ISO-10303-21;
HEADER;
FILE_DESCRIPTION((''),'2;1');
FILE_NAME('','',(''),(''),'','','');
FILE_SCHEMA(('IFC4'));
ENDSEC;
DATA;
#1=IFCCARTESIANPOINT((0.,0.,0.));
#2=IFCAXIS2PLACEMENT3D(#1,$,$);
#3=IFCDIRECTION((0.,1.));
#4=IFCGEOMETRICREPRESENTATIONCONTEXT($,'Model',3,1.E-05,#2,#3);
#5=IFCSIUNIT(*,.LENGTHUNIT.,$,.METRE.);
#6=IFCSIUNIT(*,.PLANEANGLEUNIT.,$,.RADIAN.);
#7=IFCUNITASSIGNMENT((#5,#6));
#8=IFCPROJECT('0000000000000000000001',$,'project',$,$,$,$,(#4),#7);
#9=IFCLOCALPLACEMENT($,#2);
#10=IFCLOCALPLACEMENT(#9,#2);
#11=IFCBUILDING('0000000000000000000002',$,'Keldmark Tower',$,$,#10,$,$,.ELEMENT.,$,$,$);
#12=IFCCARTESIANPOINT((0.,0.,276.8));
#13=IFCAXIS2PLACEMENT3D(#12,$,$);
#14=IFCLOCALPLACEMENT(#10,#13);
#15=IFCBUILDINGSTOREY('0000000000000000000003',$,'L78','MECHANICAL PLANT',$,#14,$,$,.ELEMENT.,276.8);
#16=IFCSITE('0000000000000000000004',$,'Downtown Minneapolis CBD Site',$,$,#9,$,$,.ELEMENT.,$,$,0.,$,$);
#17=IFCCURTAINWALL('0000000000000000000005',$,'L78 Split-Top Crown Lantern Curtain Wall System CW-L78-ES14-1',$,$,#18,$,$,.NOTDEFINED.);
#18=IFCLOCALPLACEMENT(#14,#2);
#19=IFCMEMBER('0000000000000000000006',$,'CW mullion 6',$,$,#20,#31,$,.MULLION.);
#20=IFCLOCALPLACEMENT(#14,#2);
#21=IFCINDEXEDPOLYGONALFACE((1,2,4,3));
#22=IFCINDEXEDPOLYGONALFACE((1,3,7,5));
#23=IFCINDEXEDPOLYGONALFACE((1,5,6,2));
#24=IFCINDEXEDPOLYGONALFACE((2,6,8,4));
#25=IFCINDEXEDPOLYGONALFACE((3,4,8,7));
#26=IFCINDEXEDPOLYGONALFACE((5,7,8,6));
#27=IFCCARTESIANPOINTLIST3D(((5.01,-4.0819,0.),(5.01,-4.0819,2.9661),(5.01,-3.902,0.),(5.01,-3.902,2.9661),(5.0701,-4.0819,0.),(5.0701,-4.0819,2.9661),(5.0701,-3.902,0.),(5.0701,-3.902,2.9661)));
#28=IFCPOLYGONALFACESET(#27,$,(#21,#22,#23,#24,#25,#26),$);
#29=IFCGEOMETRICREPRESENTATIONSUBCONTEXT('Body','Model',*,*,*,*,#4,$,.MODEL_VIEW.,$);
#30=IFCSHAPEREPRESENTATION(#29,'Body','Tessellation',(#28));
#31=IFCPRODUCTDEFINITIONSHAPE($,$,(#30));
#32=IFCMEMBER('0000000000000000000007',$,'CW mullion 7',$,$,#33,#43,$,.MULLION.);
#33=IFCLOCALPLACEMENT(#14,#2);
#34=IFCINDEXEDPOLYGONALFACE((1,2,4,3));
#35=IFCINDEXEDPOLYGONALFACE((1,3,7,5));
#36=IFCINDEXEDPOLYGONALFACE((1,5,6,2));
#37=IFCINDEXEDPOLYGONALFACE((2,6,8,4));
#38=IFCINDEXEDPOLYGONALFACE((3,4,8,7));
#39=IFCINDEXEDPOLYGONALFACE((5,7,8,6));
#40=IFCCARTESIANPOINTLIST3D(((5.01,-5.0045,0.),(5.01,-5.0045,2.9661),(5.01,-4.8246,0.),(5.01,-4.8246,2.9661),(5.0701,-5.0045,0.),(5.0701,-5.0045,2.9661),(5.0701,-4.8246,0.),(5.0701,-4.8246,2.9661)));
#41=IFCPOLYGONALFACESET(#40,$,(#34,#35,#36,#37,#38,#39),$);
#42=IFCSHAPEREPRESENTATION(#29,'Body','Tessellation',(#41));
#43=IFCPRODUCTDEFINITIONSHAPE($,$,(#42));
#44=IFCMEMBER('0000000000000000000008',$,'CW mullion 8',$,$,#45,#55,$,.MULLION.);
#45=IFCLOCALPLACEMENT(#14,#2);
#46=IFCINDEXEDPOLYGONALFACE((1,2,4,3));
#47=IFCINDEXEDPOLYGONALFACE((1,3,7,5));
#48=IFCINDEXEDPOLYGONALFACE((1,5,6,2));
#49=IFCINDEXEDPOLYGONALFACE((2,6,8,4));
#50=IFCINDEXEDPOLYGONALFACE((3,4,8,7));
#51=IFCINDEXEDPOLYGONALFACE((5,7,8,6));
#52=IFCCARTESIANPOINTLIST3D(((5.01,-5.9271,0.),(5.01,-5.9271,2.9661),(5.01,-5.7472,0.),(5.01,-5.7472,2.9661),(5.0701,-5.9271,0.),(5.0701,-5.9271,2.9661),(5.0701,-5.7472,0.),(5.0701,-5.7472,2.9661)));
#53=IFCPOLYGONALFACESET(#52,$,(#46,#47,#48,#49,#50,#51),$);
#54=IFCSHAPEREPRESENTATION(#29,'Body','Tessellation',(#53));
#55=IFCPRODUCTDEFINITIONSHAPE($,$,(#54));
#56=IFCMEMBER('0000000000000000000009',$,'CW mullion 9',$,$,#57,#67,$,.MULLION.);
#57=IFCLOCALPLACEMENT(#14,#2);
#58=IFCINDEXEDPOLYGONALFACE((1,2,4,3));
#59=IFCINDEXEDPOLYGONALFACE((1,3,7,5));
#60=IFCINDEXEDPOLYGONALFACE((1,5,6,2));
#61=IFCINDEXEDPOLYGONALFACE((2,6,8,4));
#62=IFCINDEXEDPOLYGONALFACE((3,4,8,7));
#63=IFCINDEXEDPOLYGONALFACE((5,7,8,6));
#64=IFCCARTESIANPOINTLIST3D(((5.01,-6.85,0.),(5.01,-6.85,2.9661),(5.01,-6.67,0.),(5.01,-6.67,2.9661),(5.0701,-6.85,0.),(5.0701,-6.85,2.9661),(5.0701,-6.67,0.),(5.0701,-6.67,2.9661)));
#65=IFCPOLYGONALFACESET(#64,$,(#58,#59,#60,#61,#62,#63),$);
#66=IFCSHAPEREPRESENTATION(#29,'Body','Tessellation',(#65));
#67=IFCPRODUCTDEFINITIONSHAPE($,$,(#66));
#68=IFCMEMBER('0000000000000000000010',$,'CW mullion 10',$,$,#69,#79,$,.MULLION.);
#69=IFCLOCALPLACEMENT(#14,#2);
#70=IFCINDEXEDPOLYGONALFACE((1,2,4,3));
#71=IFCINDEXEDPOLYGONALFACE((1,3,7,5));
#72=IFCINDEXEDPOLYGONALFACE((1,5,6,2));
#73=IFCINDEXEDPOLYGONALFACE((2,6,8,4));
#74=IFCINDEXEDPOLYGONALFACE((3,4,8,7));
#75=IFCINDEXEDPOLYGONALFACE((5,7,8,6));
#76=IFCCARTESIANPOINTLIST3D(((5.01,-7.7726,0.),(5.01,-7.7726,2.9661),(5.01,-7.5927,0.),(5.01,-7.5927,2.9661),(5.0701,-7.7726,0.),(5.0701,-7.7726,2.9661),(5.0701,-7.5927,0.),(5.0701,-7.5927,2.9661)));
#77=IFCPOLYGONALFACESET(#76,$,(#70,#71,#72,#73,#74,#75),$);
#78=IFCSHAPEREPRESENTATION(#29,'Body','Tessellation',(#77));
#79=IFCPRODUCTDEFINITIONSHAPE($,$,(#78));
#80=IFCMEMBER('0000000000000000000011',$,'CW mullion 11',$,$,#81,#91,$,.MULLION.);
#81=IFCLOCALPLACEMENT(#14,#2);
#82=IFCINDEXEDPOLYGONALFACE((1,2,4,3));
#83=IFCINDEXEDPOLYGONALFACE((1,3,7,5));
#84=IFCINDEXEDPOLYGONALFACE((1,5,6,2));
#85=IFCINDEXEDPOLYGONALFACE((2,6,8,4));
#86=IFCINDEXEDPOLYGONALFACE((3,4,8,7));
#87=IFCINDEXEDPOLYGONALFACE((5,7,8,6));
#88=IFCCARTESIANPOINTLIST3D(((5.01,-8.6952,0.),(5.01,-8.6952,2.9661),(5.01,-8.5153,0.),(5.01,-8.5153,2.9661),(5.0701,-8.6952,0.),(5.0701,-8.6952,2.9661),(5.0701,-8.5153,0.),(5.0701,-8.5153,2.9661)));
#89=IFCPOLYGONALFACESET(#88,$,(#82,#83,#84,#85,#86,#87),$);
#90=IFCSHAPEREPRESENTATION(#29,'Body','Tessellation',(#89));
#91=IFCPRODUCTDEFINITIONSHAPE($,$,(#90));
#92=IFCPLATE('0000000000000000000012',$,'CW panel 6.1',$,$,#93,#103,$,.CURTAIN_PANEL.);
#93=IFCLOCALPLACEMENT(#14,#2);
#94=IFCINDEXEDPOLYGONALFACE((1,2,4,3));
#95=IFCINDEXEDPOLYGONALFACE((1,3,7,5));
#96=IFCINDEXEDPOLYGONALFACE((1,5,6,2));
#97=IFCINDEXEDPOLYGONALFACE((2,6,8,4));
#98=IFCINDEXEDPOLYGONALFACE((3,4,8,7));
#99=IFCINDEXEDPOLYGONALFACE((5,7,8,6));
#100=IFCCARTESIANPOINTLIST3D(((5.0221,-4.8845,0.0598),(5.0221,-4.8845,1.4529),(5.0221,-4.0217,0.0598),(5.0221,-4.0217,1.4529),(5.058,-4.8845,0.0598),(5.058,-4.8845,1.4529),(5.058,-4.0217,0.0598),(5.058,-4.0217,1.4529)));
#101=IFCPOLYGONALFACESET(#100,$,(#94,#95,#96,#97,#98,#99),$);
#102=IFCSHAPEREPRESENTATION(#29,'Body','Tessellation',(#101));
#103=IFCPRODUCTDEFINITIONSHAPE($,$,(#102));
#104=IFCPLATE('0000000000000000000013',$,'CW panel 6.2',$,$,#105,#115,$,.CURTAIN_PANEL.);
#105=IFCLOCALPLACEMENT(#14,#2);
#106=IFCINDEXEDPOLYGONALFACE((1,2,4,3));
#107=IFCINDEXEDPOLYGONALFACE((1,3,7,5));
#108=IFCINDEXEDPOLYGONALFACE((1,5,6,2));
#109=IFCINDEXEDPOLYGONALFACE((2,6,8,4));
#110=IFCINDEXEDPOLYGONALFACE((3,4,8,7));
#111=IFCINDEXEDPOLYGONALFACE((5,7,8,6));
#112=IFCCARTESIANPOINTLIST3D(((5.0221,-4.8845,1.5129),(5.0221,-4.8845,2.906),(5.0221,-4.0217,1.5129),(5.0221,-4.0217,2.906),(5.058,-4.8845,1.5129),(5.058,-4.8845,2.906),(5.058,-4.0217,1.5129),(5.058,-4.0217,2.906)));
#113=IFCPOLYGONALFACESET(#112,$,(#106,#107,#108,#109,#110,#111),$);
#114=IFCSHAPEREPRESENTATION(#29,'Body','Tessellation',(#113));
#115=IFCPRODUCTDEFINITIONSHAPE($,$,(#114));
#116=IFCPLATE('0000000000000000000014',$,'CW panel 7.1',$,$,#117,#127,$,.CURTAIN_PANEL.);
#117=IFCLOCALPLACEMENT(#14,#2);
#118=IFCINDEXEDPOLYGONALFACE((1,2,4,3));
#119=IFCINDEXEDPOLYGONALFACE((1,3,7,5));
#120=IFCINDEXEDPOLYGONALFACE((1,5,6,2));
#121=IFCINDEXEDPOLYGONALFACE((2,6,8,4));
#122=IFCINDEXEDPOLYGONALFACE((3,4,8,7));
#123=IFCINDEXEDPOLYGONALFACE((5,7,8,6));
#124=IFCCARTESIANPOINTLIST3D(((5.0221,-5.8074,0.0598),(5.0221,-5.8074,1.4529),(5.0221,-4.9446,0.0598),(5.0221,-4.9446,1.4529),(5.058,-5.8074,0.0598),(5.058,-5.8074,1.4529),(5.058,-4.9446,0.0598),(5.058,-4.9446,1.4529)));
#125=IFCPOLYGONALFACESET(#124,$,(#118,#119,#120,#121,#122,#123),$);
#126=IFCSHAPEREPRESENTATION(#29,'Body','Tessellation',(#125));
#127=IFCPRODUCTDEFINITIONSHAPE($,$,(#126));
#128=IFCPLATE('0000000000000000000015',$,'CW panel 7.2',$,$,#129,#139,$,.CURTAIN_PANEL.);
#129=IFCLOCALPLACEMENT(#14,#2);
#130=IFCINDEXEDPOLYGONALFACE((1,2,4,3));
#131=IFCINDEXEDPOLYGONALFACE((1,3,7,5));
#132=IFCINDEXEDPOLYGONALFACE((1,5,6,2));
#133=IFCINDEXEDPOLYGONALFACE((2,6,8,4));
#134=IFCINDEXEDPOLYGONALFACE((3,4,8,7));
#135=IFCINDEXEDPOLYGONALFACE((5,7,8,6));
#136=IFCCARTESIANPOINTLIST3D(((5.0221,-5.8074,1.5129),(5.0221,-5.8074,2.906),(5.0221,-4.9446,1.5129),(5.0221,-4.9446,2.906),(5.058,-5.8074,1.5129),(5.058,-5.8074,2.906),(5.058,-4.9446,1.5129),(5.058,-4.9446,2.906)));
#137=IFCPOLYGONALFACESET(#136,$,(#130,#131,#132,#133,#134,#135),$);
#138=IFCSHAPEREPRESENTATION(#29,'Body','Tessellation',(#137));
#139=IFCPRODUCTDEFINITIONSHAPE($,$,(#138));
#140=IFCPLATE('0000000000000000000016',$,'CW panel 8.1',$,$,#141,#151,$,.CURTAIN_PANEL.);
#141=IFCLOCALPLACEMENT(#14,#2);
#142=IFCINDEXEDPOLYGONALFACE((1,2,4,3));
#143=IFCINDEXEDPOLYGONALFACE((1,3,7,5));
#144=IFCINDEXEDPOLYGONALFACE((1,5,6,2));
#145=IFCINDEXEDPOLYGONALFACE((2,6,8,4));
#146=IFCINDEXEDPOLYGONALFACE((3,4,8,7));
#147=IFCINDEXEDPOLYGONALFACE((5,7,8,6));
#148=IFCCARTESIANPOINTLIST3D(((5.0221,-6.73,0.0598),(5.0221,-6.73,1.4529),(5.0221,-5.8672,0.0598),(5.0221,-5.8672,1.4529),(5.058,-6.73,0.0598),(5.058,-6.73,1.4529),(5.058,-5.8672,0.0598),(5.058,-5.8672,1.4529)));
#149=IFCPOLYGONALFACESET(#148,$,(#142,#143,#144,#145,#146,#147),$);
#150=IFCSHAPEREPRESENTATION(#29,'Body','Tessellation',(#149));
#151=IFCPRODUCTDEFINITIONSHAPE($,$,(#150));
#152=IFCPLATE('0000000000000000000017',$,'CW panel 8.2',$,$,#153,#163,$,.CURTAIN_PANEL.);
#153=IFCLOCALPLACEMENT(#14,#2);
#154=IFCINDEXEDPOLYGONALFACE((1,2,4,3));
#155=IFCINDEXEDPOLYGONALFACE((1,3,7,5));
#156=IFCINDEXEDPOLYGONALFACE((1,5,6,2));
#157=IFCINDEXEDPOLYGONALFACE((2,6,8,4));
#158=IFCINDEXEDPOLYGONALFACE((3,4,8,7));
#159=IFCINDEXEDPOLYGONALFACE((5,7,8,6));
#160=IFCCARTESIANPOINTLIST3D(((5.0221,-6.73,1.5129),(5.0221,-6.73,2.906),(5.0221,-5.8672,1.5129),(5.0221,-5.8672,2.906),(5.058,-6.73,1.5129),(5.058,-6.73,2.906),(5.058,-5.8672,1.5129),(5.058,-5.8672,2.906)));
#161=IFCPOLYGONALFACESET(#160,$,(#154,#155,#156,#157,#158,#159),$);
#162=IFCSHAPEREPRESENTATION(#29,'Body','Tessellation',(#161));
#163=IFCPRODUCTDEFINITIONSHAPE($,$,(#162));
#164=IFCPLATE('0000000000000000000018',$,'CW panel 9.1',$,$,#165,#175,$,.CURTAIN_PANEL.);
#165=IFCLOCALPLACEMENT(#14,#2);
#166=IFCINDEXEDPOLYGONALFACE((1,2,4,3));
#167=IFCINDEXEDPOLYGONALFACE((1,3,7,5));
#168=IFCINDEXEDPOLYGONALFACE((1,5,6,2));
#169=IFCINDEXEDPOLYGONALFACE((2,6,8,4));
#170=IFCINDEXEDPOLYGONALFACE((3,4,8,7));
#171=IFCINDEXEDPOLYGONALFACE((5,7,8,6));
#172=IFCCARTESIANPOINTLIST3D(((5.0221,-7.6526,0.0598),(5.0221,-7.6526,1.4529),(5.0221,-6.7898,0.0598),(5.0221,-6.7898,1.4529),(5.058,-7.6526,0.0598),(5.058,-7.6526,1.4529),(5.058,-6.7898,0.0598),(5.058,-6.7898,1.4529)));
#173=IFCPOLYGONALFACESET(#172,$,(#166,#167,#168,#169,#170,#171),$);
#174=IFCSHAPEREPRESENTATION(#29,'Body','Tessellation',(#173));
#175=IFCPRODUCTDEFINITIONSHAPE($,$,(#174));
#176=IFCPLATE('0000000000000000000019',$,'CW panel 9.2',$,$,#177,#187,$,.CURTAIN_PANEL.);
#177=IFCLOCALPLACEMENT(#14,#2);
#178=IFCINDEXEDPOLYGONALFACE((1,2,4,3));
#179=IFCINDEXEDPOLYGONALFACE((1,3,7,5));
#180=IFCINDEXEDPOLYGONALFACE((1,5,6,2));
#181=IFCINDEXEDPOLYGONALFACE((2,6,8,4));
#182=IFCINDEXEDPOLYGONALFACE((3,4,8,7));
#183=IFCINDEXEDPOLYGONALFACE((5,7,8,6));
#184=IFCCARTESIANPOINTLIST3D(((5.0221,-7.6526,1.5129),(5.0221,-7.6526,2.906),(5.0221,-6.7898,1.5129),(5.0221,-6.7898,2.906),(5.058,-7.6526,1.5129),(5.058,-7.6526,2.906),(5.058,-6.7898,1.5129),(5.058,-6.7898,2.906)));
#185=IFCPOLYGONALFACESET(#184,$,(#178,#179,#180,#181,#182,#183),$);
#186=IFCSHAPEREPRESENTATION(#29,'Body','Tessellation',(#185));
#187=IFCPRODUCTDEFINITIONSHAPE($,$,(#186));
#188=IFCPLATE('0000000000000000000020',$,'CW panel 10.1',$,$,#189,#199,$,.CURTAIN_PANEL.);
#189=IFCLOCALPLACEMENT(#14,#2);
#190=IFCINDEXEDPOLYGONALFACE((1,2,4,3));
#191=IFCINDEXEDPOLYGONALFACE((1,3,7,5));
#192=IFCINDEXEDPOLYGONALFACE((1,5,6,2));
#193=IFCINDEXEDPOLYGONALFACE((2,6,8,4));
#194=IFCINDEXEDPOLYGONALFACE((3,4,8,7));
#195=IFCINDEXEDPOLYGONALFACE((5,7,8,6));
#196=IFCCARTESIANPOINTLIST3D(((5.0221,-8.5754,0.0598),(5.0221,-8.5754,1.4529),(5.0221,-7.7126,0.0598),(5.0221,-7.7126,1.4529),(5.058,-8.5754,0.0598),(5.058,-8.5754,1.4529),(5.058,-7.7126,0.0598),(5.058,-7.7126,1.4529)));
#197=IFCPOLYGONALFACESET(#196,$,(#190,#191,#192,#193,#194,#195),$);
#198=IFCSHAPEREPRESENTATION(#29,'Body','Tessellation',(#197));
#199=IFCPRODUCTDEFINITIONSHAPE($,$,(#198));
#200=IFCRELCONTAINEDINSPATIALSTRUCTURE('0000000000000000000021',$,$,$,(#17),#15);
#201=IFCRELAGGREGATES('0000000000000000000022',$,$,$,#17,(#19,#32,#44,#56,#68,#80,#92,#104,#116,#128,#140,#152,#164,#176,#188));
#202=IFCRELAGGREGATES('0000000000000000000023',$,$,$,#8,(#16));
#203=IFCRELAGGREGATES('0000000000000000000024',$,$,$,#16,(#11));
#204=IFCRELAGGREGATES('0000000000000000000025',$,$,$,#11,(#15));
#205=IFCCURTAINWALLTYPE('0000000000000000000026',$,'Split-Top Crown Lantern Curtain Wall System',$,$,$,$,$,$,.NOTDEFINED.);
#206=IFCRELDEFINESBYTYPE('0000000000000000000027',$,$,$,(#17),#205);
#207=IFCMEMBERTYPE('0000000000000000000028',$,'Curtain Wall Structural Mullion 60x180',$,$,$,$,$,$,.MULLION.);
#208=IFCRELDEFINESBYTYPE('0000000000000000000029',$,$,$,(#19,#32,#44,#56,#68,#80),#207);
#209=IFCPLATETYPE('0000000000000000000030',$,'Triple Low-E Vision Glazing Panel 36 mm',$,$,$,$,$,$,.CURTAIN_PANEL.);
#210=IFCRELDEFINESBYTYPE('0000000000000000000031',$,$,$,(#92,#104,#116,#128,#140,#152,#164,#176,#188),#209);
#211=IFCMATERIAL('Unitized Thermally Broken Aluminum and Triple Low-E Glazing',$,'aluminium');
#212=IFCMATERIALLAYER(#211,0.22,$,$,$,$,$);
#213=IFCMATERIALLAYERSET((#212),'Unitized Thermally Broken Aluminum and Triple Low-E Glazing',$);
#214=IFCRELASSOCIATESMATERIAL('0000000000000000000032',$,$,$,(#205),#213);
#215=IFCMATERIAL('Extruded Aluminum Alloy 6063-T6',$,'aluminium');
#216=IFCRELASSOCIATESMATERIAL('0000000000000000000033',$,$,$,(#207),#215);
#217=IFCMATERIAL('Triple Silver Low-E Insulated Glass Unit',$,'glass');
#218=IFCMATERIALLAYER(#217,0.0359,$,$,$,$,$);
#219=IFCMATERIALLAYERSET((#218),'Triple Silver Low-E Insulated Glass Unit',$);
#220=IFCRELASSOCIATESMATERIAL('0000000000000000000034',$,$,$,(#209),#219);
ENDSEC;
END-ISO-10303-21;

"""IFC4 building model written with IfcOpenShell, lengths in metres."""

from ifc_helpers import new_model, si_unit, direction, frame, origin, origin_2d, place, context, subcontext, project, spatial, rectangle, extrude, material, layer, layer_set, material_profile, profile_set, type_object, element, aggregate, save


model = new_model("IFC4")

# Units and contexts
model_context = context("Model", 3, precision=1e-05, world=origin(), true_north=direction((0.0, 1.0)))
body_context = subcontext(model_context, "Body", "Model", "MODEL_VIEW")
ifc_project = project(units=[si_unit("LENGTHUNIT", "METRE"), si_unit("PLANEANGLEUNIT", "RADIAN")], contexts=[model_context])

# Site, building, storey
site_placement = place(None, origin())
site = spatial("IfcSite", under=ifc_project, at=site_placement, Name="Downtown Minneapolis CBD Site", CompositionType="ELEMENT", RefElevation=0.0)
building_placement = place(site_placement, origin())
building = spatial("IfcBuilding", under=site, at=building_placement, Name="Keldmark Tower", CompositionType="ELEMENT")
storey_placement = place(building_placement, frame((0.0, 0.0, 276.8)))
storey = spatial("IfcBuildingStorey", under=building, at=storey_placement, Name="L78", Description="MECHANICAL PLANT", CompositionType="ELEMENT", Elevation=276.8)

# Curtain wall, members, plates
ifc_material_1 = material(Name="Unitized Thermally Broken Aluminum and Triple Low-E Glazing", Category="aluminium")
ifc_layer_1 = layer(ifc_material_1, 0.22)
ifc_layer_set_1 = layer_set([ifc_layer_1], Name="Unitized Thermally Broken Aluminum and Triple Low-E Glazing")
curtain_wall_type = type_object("IfcCurtainWallType", Name="Split-Top Crown Lantern Curtain Wall System", PredefinedType="NOTDEFINED", material=ifc_layer_set_1)
curtain_wall_placement = place(storey_placement, origin())
curtain_wall = element("IfcCurtainWall", 1, at=curtain_wall_placement, inside=storey, type_object=curtain_wall_type, Name="L78 Split-Top Crown Lantern Curtain Wall System CW-L78-ES14-1", PredefinedType="NOTDEFINED")
ifc_material_2 = material(Name="Extruded Aluminum Alloy 6063-T6", Category="aluminium")
ifc_material_profile_1 = material_profile(ifc_material_2, rectangle(XDim=0.0601, YDim=0.1799, at=origin_2d()), Name="CWM60X180")
ifc_profile_set_1 = profile_set([ifc_material_profile_1], Name="Extruded Aluminum Alloy 6063-T6")
member_type_1 = type_object("IfcMemberType", Name="Curtain Wall Structural Mullion 60x180", PredefinedType="MULLION", material=ifc_profile_set_1)
member_1_placement = place(storey_placement, frame((5.04, -3.9919, 0.0), z_axis=(0.0, 0.0, 1.0), x_axis=(1.0, 0.0, 0.0)))
member_1 = element("IfcMember", 2, at=member_1_placement, type_object=member_type_1, Name="CW mullion 6", PredefinedType="MULLION", context=body_context, shape_type="SweptSolid", body=[
    extrude(rectangle(XDim=0.0601, YDim=0.1799, at=origin_2d()), origin(), (0.0, 0.0, 1.0), 2.9661),
])
member_2_placement = place(storey_placement, frame((5.04, -4.9146, 0.0), z_axis=(0.0, 0.0, 1.0), x_axis=(1.0, 0.0, 0.0)))
member_2 = element("IfcMember", 3, at=member_2_placement, type_object=member_type_1, Name="CW mullion 7", PredefinedType="MULLION", context=body_context, shape_type="SweptSolid", body=[
    extrude(rectangle(XDim=0.0601, YDim=0.1799, at=origin_2d()), origin(), (0.0, 0.0, 1.0), 2.9661),
])
member_3_placement = place(storey_placement, frame((5.04, -5.8372, 0.0), z_axis=(0.0, 0.0, 1.0), x_axis=(1.0, 0.0, 0.0)))
member_3 = element("IfcMember", 4, at=member_3_placement, type_object=member_type_1, Name="CW mullion 8", PredefinedType="MULLION", context=body_context, shape_type="SweptSolid", body=[
    extrude(rectangle(XDim=0.0601, YDim=0.1799, at=origin_2d()), origin(), (0.0, 0.0, 1.0), 2.9661),
])
member_4_placement = place(storey_placement, frame((5.04, -6.76, 0.0), z_axis=(0.0, 0.0, 1.0), x_axis=(1.0, 0.0, 0.0)))
member_4 = element("IfcMember", 5, at=member_4_placement, type_object=member_type_1, Name="CW mullion 9", PredefinedType="MULLION", context=body_context, shape_type="SweptSolid", body=[
    extrude(rectangle(XDim=0.0601, YDim=0.1799, at=origin_2d()), origin(), (0.0, 0.0, 1.0), 2.9661),
])
member_5_placement = place(storey_placement, frame((5.04, -7.6826, 0.0), z_axis=(0.0, 0.0, 1.0), x_axis=(1.0, 0.0, 0.0)))
member_5 = element("IfcMember", 6, at=member_5_placement, type_object=member_type_1, Name="CW mullion 10", PredefinedType="MULLION", context=body_context, shape_type="SweptSolid", body=[
    extrude(rectangle(XDim=0.0601, YDim=0.1799, at=origin_2d()), origin(), (0.0, 0.0, 1.0), 2.9661),
])
member_6_placement = place(storey_placement, frame((5.04, -8.6052, 0.0), z_axis=(0.0, 0.0, 1.0), x_axis=(1.0, 0.0, 0.0)))
member_6 = element("IfcMember", 7, at=member_6_placement, type_object=member_type_1, Name="CW mullion 11", PredefinedType="MULLION", context=body_context, shape_type="SweptSolid", body=[
    extrude(rectangle(XDim=0.0601, YDim=0.1799, at=origin_2d()), origin(), (0.0, 0.0, 1.0), 2.9661),
])
ifc_material_3 = material(Name="Triple Silver Low-E Insulated Glass Unit", Category="glass")
ifc_layer_2 = layer(ifc_material_3, 0.0359)
ifc_layer_set_2 = layer_set([ifc_layer_2], Name="Triple Silver Low-E Insulated Glass Unit")
plate_type = type_object("IfcPlateType", Name="Triple Low-E Vision Glazing Panel 36 mm", PredefinedType="CURTAIN_PANEL", material=ifc_layer_set_2)
plate_1_placement = place(storey_placement, frame((5.04, -4.4531, 0.0598), z_axis=(0.0, 0.0, 1.0), x_axis=(0.0, -1.0, 0.0)))
plate_1 = element("IfcPlate", 8, at=plate_1_placement, type_object=plate_type, Name="CW panel 6.1", PredefinedType="CURTAIN_PANEL", context=body_context, shape_type="SweptSolid", body=[
    extrude(rectangle(XDim=0.8628, YDim=0.0359, at=origin_2d()), origin(), (0.0, 0.0, 1.0), 1.3931),
])
plate_2_placement = place(storey_placement, frame((5.04, -4.4531, 1.5129), z_axis=(0.0, 0.0, 1.0), x_axis=(0.0, -1.0, 0.0)))
plate_2 = element("IfcPlate", 9, at=plate_2_placement, type_object=plate_type, Name="CW panel 6.2", PredefinedType="CURTAIN_PANEL", context=body_context, shape_type="SweptSolid", body=[
    extrude(rectangle(XDim=0.8628, YDim=0.0359, at=origin_2d()), origin(), (0.0, 0.0, 1.0), 1.3931),
])
plate_3_placement = place(storey_placement, frame((5.04, -5.376, 0.0598), z_axis=(0.0, 0.0, 1.0), x_axis=(0.0, -1.0, 0.0)))
plate_3 = element("IfcPlate", 10, at=plate_3_placement, type_object=plate_type, Name="CW panel 7.1", PredefinedType="CURTAIN_PANEL", context=body_context, shape_type="SweptSolid", body=[
    extrude(rectangle(XDim=0.8628, YDim=0.0359, at=origin_2d()), origin(), (0.0, 0.0, 1.0), 1.3931),
])
plate_4_placement = place(storey_placement, frame((5.04, -5.376, 1.5129), z_axis=(0.0, 0.0, 1.0), x_axis=(0.0, -1.0, 0.0)))
plate_4 = element("IfcPlate", 11, at=plate_4_placement, type_object=plate_type, Name="CW panel 7.2", PredefinedType="CURTAIN_PANEL", context=body_context, shape_type="SweptSolid", body=[
    extrude(rectangle(XDim=0.8628, YDim=0.0359, at=origin_2d()), origin(), (0.0, 0.0, 1.0), 1.3931),
])
plate_5_placement = place(storey_placement, frame((5.04, -6.2986, 0.0598), z_axis=(0.0, 0.0, 1.0), x_axis=(0.0, -1.0, 0.0)))
plate_5 = element("IfcPlate", 12, at=plate_5_placement, type_object=plate_type, Name="CW panel 8.1", PredefinedType="CURTAIN_PANEL", context=body_context, shape_type="SweptSolid", body=[
    extrude(rectangle(XDim=0.8628, YDim=0.0359, at=origin_2d()), origin(), (0.0, 0.0, 1.0), 1.3931),
])
plate_6_placement = place(storey_placement, frame((5.04, -6.2986, 1.5129), z_axis=(0.0, 0.0, 1.0), x_axis=(0.0, -1.0, 0.0)))
plate_6 = element("IfcPlate", 13, at=plate_6_placement, type_object=plate_type, Name="CW panel 8.2", PredefinedType="CURTAIN_PANEL", context=body_context, shape_type="SweptSolid", body=[
    extrude(rectangle(XDim=0.8628, YDim=0.0359, at=origin_2d()), origin(), (0.0, 0.0, 1.0), 1.3931),
])
plate_7_placement = place(storey_placement, frame((5.04, -7.2212, 0.0598), z_axis=(0.0, 0.0, 1.0), x_axis=(0.0, -1.0, 0.0)))
plate_7 = element("IfcPlate", 14, at=plate_7_placement, type_object=plate_type, Name="CW panel 9.1", PredefinedType="CURTAIN_PANEL", context=body_context, shape_type="SweptSolid", body=[
    extrude(rectangle(XDim=0.8628, YDim=0.0359, at=origin_2d()), origin(), (0.0, 0.0, 1.0), 1.3931),
])
plate_8_placement = place(storey_placement, frame((5.04, -7.2212, 1.5129), z_axis=(0.0, 0.0, 1.0), x_axis=(0.0, -1.0, 0.0)))
plate_8 = element("IfcPlate", 15, at=plate_8_placement, type_object=plate_type, Name="CW panel 9.2", PredefinedType="CURTAIN_PANEL", context=body_context, shape_type="SweptSolid", body=[
    extrude(rectangle(XDim=0.8628, YDim=0.0359, at=origin_2d()), origin(), (0.0, 0.0, 1.0), 1.3931),
])
plate_9_placement = place(storey_placement, frame((5.04, -8.144, 0.0598), z_axis=(0.0, 0.0, 1.0), x_axis=(0.0, -1.0, 0.0)))
plate_9 = element("IfcPlate", 16, at=plate_9_placement, type_object=plate_type, Name="CW panel 10.1", PredefinedType="CURTAIN_PANEL", context=body_context, shape_type="SweptSolid", body=[
    extrude(rectangle(XDim=0.8628, YDim=0.0359, at=origin_2d()), origin(), (0.0, 0.0, 1.0), 1.3931),
])
aggregate(curtain_wall, [member_1, member_2, member_3, member_4, member_5, member_6, plate_1, plate_2, plate_3, plate_4, plate_5, plate_6, plate_7, plate_8, plate_9])

save(model, "model.ifc")
